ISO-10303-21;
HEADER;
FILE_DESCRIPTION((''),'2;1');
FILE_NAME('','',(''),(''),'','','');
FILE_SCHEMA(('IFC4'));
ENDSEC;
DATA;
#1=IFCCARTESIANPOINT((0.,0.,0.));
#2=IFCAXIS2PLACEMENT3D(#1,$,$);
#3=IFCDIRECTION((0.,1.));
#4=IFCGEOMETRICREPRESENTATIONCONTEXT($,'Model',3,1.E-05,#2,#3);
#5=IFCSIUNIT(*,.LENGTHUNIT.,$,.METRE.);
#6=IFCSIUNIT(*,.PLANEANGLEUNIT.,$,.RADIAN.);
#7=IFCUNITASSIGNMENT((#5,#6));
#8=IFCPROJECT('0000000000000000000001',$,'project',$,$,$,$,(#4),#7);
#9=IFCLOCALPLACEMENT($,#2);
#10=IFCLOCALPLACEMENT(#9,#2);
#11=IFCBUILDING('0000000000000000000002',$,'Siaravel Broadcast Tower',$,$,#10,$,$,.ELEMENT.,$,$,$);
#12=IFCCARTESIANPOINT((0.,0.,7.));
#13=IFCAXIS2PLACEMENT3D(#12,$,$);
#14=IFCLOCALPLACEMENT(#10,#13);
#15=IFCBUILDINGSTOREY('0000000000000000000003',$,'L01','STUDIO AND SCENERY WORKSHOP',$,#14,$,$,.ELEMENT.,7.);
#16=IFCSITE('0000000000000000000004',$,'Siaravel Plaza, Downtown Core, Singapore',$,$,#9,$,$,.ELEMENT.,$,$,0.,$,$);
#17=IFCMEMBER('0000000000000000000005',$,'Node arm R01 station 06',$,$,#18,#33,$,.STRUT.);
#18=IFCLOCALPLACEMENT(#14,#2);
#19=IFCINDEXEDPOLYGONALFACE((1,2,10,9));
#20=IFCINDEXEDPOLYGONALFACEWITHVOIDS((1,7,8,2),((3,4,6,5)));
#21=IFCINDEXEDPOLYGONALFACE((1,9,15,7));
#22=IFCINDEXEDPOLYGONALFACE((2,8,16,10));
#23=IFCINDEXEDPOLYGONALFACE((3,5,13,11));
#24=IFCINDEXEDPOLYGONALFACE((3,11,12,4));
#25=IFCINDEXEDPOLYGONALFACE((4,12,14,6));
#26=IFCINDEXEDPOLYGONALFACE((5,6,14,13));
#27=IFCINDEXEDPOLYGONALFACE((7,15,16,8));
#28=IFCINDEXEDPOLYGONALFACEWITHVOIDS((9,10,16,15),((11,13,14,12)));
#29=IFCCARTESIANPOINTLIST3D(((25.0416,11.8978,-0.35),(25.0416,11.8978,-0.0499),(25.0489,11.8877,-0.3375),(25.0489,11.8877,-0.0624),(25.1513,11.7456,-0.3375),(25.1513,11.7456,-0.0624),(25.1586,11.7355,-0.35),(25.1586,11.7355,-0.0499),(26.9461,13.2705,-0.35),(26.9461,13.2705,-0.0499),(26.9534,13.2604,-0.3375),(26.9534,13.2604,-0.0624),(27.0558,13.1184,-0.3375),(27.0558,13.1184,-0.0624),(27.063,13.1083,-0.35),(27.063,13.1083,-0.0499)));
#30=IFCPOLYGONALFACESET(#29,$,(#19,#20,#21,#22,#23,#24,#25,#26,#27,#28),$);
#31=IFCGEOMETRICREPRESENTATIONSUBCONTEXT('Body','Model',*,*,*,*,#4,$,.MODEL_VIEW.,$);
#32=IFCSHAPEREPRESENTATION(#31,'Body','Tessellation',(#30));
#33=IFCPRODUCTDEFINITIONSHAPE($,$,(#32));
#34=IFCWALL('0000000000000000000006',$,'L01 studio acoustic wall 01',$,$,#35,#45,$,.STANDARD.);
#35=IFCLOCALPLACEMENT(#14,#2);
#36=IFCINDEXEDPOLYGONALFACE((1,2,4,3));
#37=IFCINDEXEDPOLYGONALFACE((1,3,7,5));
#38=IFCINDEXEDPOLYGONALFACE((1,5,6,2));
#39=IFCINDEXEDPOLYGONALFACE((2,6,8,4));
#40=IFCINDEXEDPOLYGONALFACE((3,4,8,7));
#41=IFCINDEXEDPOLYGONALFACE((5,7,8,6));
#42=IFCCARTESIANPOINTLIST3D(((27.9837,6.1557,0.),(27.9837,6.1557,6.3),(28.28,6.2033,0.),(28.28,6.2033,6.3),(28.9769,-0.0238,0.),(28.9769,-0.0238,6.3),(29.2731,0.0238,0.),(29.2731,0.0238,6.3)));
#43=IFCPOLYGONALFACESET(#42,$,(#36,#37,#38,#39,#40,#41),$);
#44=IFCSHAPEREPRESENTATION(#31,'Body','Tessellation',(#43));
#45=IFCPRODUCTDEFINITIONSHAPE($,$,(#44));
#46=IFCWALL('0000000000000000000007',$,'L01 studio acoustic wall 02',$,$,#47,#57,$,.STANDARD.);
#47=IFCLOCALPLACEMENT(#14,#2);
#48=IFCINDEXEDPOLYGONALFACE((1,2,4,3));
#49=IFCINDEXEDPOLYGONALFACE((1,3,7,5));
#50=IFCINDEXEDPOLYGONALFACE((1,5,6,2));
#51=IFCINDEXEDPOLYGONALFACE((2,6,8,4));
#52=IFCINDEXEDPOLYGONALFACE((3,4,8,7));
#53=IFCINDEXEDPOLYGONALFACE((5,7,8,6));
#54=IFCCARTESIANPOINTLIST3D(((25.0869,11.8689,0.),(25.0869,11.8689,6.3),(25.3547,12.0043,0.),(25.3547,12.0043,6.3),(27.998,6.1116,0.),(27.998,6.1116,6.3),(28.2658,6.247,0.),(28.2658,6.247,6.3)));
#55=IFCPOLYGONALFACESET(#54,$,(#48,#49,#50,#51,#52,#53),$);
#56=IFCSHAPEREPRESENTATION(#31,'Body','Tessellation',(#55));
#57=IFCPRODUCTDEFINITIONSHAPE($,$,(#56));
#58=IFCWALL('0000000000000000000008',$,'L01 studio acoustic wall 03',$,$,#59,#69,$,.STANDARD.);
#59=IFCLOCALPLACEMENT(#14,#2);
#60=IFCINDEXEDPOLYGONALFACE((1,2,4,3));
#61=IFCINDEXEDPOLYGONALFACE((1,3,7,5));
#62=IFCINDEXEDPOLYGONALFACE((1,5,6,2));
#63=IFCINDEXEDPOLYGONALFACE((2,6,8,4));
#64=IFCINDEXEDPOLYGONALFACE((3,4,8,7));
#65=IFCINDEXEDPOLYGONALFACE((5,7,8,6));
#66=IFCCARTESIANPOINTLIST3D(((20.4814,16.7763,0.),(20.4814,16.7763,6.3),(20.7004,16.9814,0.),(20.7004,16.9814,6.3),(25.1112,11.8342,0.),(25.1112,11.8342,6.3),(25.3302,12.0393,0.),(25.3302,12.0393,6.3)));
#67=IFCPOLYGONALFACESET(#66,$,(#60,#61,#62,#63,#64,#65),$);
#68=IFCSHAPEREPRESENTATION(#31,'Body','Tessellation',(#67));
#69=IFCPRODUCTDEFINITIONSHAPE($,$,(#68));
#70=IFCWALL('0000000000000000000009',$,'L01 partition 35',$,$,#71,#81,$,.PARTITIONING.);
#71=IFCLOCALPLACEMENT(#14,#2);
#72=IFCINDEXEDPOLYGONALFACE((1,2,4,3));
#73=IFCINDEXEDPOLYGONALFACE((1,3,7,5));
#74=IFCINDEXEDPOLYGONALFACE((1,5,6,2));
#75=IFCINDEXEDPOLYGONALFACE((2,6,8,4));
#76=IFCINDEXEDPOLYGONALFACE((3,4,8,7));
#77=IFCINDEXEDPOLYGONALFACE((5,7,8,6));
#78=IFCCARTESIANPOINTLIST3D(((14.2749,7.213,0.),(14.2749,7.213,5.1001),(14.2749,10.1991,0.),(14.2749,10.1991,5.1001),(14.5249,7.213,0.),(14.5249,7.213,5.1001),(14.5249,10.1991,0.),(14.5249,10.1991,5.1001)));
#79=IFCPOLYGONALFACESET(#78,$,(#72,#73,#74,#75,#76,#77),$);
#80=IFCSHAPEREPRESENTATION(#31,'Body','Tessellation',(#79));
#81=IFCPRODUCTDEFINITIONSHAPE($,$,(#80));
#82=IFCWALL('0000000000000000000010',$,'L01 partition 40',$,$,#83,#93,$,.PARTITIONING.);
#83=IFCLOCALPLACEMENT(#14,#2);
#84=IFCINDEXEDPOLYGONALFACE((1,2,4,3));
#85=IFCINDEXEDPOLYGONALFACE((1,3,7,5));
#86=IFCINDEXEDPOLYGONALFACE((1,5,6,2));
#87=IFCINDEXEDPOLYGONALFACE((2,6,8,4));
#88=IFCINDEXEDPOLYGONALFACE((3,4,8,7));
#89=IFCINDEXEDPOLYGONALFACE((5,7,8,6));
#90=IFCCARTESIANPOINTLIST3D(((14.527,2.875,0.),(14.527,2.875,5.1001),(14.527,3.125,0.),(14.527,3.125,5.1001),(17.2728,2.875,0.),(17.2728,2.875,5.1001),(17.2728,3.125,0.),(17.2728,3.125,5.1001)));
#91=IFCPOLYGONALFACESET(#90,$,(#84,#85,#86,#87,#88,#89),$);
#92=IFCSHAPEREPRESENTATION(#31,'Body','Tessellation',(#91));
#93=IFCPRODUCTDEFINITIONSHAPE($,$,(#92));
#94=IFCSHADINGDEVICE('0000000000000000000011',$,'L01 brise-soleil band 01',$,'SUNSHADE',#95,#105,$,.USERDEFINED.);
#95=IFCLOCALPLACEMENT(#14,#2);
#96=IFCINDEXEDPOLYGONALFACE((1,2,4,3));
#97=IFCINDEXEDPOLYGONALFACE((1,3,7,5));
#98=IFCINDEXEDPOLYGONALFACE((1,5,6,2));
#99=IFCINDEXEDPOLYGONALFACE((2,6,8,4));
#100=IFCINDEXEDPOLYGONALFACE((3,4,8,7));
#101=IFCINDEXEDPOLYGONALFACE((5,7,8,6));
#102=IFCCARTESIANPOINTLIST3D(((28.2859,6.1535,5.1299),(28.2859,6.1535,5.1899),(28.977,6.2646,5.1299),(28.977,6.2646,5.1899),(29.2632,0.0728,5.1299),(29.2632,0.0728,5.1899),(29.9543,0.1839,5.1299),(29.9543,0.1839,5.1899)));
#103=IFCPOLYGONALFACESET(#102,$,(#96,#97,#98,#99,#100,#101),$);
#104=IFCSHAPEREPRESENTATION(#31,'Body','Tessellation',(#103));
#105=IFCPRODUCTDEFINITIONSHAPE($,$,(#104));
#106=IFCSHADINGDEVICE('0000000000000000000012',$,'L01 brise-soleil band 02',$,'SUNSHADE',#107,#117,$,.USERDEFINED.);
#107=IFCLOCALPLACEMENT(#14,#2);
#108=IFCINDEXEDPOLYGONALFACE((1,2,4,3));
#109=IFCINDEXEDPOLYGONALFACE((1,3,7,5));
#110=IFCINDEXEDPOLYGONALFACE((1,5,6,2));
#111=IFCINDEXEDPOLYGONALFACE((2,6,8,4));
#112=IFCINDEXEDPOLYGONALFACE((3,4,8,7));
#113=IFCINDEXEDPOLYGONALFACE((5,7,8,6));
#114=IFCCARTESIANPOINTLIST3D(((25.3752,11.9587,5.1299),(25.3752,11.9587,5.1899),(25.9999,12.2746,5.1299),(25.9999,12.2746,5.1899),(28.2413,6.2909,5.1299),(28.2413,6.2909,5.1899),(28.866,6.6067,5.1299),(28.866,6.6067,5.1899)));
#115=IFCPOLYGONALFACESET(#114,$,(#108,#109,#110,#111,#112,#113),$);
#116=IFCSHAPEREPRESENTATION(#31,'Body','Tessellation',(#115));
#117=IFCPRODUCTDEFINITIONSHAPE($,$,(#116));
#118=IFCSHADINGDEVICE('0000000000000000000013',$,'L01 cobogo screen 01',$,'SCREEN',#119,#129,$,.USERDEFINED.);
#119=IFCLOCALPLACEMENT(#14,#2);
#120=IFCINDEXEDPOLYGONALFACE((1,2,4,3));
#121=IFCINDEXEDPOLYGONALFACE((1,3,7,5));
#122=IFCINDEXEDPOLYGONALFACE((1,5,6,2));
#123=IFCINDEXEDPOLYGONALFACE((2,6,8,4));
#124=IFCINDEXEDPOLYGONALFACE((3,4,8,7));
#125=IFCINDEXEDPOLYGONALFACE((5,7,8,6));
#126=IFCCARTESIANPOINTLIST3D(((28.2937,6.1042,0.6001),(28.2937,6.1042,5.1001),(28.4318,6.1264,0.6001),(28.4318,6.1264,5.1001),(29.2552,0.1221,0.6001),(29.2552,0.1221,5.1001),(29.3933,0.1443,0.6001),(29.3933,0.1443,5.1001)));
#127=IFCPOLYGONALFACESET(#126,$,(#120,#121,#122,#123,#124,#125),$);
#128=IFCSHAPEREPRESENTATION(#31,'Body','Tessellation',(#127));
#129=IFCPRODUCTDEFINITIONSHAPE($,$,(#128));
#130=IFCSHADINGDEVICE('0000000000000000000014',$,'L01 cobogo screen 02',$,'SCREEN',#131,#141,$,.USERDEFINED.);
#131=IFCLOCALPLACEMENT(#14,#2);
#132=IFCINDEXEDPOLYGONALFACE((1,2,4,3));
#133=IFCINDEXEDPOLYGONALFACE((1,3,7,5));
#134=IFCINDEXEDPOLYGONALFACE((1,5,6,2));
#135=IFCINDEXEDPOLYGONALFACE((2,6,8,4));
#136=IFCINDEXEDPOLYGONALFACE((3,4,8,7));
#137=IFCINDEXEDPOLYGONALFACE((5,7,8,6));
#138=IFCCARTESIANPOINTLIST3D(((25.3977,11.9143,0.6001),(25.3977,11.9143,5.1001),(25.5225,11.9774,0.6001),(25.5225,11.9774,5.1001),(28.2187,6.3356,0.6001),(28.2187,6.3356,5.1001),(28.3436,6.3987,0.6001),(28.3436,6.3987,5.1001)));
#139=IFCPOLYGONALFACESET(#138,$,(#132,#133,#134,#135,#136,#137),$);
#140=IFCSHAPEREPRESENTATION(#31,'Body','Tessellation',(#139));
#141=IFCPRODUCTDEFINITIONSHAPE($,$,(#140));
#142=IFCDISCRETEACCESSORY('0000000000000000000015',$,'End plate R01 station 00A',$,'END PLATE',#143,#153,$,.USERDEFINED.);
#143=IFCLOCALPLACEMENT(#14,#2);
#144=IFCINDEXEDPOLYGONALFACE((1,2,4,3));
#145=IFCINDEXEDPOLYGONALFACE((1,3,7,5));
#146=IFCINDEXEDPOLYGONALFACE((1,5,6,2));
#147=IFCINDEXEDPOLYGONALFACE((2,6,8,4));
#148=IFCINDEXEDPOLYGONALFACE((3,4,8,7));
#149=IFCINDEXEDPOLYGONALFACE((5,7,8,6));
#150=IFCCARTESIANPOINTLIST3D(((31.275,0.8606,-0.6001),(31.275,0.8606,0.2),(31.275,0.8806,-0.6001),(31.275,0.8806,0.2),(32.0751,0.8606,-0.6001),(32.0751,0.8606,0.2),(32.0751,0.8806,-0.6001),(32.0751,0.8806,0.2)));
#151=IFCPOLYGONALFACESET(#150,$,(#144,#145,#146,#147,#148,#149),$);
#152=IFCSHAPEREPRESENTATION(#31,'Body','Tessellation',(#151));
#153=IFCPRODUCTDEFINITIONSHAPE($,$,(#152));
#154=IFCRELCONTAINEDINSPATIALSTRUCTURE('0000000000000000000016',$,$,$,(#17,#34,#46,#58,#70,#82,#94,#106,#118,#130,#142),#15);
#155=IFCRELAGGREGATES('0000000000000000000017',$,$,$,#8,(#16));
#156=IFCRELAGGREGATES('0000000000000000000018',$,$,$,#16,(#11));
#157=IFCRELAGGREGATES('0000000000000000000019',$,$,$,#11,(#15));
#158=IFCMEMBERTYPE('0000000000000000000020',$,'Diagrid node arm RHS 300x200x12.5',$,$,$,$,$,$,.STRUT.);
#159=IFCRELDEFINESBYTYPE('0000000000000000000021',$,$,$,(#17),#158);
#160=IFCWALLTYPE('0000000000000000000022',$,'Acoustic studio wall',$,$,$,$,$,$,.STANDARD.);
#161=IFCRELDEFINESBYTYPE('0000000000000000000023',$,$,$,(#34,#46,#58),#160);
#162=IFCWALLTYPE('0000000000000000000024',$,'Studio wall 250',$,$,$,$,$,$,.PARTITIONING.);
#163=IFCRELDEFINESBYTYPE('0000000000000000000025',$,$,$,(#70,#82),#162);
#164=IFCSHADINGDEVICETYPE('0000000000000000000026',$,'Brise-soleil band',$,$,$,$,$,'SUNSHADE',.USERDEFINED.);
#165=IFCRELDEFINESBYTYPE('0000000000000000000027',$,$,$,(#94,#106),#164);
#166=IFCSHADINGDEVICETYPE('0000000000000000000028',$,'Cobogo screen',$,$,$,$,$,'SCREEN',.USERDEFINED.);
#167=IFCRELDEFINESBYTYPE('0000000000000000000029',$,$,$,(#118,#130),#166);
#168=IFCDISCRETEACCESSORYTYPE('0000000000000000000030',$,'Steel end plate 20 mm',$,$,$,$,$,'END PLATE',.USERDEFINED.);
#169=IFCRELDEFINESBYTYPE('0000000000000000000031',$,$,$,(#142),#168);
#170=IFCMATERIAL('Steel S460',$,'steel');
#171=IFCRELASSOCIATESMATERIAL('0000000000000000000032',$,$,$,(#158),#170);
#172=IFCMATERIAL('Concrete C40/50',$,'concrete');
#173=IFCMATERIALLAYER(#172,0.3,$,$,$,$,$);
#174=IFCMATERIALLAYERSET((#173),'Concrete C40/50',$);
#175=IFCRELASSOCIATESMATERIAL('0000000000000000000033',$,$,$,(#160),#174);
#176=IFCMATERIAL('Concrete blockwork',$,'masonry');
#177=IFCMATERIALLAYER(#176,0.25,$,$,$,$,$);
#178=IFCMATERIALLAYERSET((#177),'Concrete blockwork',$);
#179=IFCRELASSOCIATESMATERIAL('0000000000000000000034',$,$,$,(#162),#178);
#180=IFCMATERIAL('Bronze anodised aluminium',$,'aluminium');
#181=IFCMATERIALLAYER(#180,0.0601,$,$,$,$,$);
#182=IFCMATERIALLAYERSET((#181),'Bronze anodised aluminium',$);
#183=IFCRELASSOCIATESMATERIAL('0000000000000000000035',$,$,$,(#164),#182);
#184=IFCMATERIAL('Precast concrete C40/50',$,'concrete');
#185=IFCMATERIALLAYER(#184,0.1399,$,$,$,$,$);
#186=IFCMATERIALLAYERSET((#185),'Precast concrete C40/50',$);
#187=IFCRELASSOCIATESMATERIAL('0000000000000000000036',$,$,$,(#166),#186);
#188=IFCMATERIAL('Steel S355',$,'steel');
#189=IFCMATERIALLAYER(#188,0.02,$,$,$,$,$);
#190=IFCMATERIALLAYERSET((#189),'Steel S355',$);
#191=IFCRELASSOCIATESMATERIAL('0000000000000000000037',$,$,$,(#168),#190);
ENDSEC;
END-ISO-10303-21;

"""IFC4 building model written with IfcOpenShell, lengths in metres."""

from ifc_helpers import new_model, si_unit, direction, frame, frame_2d, origin, origin_2d, place, context, subcontext, project, spatial, rectangle, hollow_rectangle, extrude, material, layer, layer_set, material_profile, profile_set, type_object, element, save


model = new_model("IFC4")

# Units and contexts
model_context = context("Model", 3, precision=1e-05, world=origin(), true_north=direction((0.0, 1.0)))
body_context = subcontext(model_context, "Body", "Model", "MODEL_VIEW")
ifc_project = project(units=[si_unit("LENGTHUNIT", "METRE"), si_unit("PLANEANGLEUNIT", "RADIAN")], contexts=[model_context])

# Site, building, storey
site_placement = place(None, origin())
site = spatial("IfcSite", under=ifc_project, at=site_placement, Name="Siaravel Plaza, Downtown Core, Singapore", CompositionType="ELEMENT", RefElevation=0.0)
building_placement = place(site_placement, origin())
building = spatial("IfcBuilding", under=site, at=building_placement, Name="Siaravel Broadcast Tower", CompositionType="ELEMENT")
storey_placement = place(building_placement, frame((0.0, 0.0, 7.0)))
storey = spatial("IfcBuildingStorey", under=building, at=storey_placement, Name="L01", Description="STUDIO AND SCENERY WORKSHOP", CompositionType="ELEMENT", Elevation=7.0)

# Shared definitions
ifc_material_1 = material(Name="Steel S355", Category="steel")

# Member
ifc_material_2 = material(Name="Steel S460", Category="steel")
ifc_material_profile_1 = material_profile(ifc_material_2, hollow_rectangle(XDim=0.2, YDim=0.3, WallThickness=0.0125, at=origin_2d()))
ifc_profile_set_1 = profile_set([ifc_material_profile_1], Name="Steel S460")
member_type_1 = type_object("IfcMemberType", Name="Diagrid node arm RHS 300x200x12.5", PredefinedType="STRUT", material=ifc_profile_set_1)
member_1_placement = place(storey_placement, frame((25.1001, 11.8167, -0.2), z_axis=(0.811225, 0.584735, 0.0), x_axis=(-0.584735, 0.811225, 0.0)))
element("IfcMember", 1, at=member_1_placement, inside=storey, type_object=member_type_1, Name="Node arm R01 station 06", PredefinedType="STRUT", context=body_context, shape_type="SweptSolid", body=[
    extrude(hollow_rectangle(XDim=0.2, YDim=0.3, WallThickness=0.0125, at=origin_2d()), origin(), (0.0, 0.0, 1.0), 2.3477),
])

# Walls
ifc_material_3 = material(Name="Concrete C40/50", Category="concrete")
ifc_layer_1 = layer(ifc_material_3, 0.3)
ifc_layer_set_1 = layer_set([ifc_layer_1], Name="Concrete C40/50")
wall_type_1 = type_object("IfcWallType", Name="Acoustic studio wall", PredefinedType="STANDARD", material=ifc_layer_set_1)
wall_1_placement = place(storey_placement, frame((29.125, 0.0, 0.0), z_axis=(0.0, 0.0, 1.0), x_axis=(-0.158684, 0.987329, 0.0)))
element("IfcWall", 2, at=wall_1_placement, inside=storey, type_object=wall_type_1, Name="L01 studio acoustic wall 01", PredefinedType="STANDARD", context=body_context, shape_type="SweptSolid", body=[
    extrude(rectangle(XDim=6.2588, YDim=0.3, at=frame_2d((3.1294, 0.0))), origin(), (0.0, 0.0, 1.0), 6.3),
])
wall_2_placement = place(storey_placement, frame((28.1318, 6.1794, 0.0), z_axis=(0.0, 0.0, 1.0), x_axis=(-0.451236, 0.892405, 0.0)))
element("IfcWall", 3, at=wall_2_placement, inside=storey, type_object=wall_type_1, Name="L01 studio acoustic wall 02", PredefinedType="STANDARD", context=body_context, shape_type="SweptSolid", body=[
    extrude(rectangle(XDim=6.4514, YDim=0.3, at=frame_2d((3.2256, 0.0))), origin(), (0.0, 0.0, 1.0), 6.3),
])
wall_3_placement = place(storey_placement, frame((25.2207, 11.9368, 0.0), z_axis=(0.0, 0.0, 1.0), x_axis=(-0.683676, 0.729786, 0.0)))
element("IfcWall", 4, at=wall_3_placement, inside=storey, type_object=wall_type_1, Name="L01 studio acoustic wall 03", PredefinedType="STANDARD", context=body_context, shape_type="SweptSolid", body=[
    extrude(rectangle(XDim=6.772, YDim=0.3, at=frame_2d((3.386, 0.0))), origin(), (0.0, 0.0, 1.0), 6.3),
])
ifc_material_4 = material(Name="Concrete blockwork", Category="masonry")
ifc_layer_2 = layer(ifc_material_4, 0.25)
ifc_layer_set_2 = layer_set([ifc_layer_2], Name="Concrete blockwork")
wall_type_2 = type_object("IfcWallType", Name="Studio wall 250", PredefinedType="PARTITIONING", material=ifc_layer_set_2)
wall_4_placement = place(storey_placement, frame((14.3999, 7.2129, 0.0), z_axis=(0.0, 0.0, 1.0), x_axis=(0.0, 1.0, 0.0)))
element("IfcWall", 5, at=wall_4_placement, inside=storey, type_object=wall_type_2, Name="L01 partition 35", PredefinedType="PARTITIONING", context=body_context, shape_type="SweptSolid", body=[
    extrude(rectangle(XDim=2.9861, YDim=0.25, at=frame_2d((1.4932, 0.0))), origin(), (0.0, 0.0, 1.0), 5.1001),
])
wall_5_placement = place(storey_placement, frame((17.2729, 3.0, 0.0), z_axis=(0.0, 0.0, 1.0), x_axis=(-1.0, 0.0, 0.0)))
element("IfcWall", 6, at=wall_5_placement, inside=storey, type_object=wall_type_2, Name="L01 partition 40", PredefinedType="PARTITIONING", context=body_context, shape_type="SweptSolid", body=[
    extrude(rectangle(XDim=2.7458, YDim=0.25, at=frame_2d((1.373, 0.0))), origin(), (0.0, 0.0, 1.0), 5.1001),
])

# Shading devices
ifc_material_5 = material(Name="Bronze anodised aluminium", Category="aluminium")
ifc_layer_3 = layer(ifc_material_5, 0.0601)
ifc_layer_set_3 = layer_set([ifc_layer_3], Name="Bronze anodised aluminium")
shading_device_type_1 = type_object("IfcShadingDeviceType", Name="Brise-soleil band", ElementType="SUNSHADE", PredefinedType="USERDEFINED", material=ifc_layer_set_3)
shading_device_1_placement = place(storey_placement, frame((29.1201, 3.1687, 5.1299), z_axis=(0.0, 0.0, 1.0), x_axis=(-0.158685, 0.987329, 0.0)))
element("IfcShadingDevice", 7, at=shading_device_1_placement, inside=storey, type_object=shading_device_type_1, Name="L01 brise-soleil band 01", ObjectType="SUNSHADE", PredefinedType="USERDEFINED", context=body_context, shape_type="SweptSolid", body=[
    extrude(rectangle(XDim=6.1587, YDim=0.7, at=origin_2d()), origin(), (0.0, 0.0, 1.0), 0.0601),
])
shading_device_2_placement = place(storey_placement, frame((27.1206, 9.2827, 5.1299), z_axis=(0.0, 0.0, 1.0), x_axis=(-0.451262, 0.892391, 0.0)))
element("IfcShadingDevice", 8, at=shading_device_2_placement, inside=storey, type_object=shading_device_type_1, Name="L01 brise-soleil band 02", ObjectType="SUNSHADE", PredefinedType="USERDEFINED", context=body_context, shape_type="SweptSolid", body=[
    extrude(rectangle(XDim=6.3513, YDim=0.7, at=origin_2d()), origin(), (0.0, 0.0, 1.0), 0.0601),
])
ifc_material_6 = material(Name="Precast concrete C40/50", Category="concrete")
ifc_layer_4 = layer(ifc_material_6, 0.1399)
ifc_layer_set_4 = layer_set([ifc_layer_4], Name="Precast concrete C40/50")
shading_device_type_2 = type_object("IfcShadingDeviceType", Name="Cobogo screen", ElementType="SCREEN", PredefinedType="USERDEFINED", material=ifc_layer_set_4)
shading_device_3_placement = place(storey_placement, frame((28.8435, 3.1243, 0.6001), z_axis=(0.0, 0.0, 1.0), x_axis=(-0.158685, 0.987329, 0.0)))
element("IfcShadingDevice", 9, at=shading_device_3_placement, inside=storey, type_object=shading_device_type_2, Name="L01 cobogo screen 01", ObjectType="SCREEN", PredefinedType="USERDEFINED", context=body_context, shape_type="SweptSolid", body=[
    extrude(rectangle(XDim=6.0588, YDim=0.1399, at=origin_2d()), origin(), (0.0, 0.0, 1.0), 4.5),
])
shading_device_4_placement = place(storey_placement, frame((26.8706, 9.1565, 0.6001), z_axis=(0.0, 0.0, 1.0), x_axis=(-0.451262, 0.892391, 0.0)))
element("IfcShadingDevice", 10, at=shading_device_4_placement, inside=storey, type_object=shading_device_type_2, Name="L01 cobogo screen 02", ObjectType="SCREEN", PredefinedType="USERDEFINED", context=body_context, shape_type="SweptSolid", body=[
    extrude(rectangle(XDim=6.2515, YDim=0.1399, at=origin_2d()), origin(), (0.0, 0.0, 1.0), 4.5),
])

# Discrete accessory
ifc_layer_5 = layer(ifc_material_1, 0.02)
ifc_layer_set_5 = layer_set([ifc_layer_5], Name="Steel S355")
discrete_accessory_type = type_object("IfcDiscreteAccessoryType", Name="Steel end plate 20 mm", ElementType="END PLATE", PredefinedType="USERDEFINED", material=ifc_layer_set_5)
discrete_accessory_placement = place(storey_placement, frame((31.675, 0.8706, -0.6001), z_axis=(0.0, 0.0, 1.0), x_axis=(0.0, 1.0, 0.0)))
element("IfcDiscreteAccessory", 11, at=discrete_accessory_placement, inside=storey, type_object=discrete_accessory_type, Name="End plate R01 station 00A", ObjectType="END PLATE", PredefinedType="USERDEFINED", context=body_context, shape_type="SweptSolid", body=[
    extrude(rectangle(XDim=0.02, YDim=0.8, at=origin_2d()), origin(), (0.0, 0.0, 1.0), 0.8),
])

save(model, "model.ifc")
